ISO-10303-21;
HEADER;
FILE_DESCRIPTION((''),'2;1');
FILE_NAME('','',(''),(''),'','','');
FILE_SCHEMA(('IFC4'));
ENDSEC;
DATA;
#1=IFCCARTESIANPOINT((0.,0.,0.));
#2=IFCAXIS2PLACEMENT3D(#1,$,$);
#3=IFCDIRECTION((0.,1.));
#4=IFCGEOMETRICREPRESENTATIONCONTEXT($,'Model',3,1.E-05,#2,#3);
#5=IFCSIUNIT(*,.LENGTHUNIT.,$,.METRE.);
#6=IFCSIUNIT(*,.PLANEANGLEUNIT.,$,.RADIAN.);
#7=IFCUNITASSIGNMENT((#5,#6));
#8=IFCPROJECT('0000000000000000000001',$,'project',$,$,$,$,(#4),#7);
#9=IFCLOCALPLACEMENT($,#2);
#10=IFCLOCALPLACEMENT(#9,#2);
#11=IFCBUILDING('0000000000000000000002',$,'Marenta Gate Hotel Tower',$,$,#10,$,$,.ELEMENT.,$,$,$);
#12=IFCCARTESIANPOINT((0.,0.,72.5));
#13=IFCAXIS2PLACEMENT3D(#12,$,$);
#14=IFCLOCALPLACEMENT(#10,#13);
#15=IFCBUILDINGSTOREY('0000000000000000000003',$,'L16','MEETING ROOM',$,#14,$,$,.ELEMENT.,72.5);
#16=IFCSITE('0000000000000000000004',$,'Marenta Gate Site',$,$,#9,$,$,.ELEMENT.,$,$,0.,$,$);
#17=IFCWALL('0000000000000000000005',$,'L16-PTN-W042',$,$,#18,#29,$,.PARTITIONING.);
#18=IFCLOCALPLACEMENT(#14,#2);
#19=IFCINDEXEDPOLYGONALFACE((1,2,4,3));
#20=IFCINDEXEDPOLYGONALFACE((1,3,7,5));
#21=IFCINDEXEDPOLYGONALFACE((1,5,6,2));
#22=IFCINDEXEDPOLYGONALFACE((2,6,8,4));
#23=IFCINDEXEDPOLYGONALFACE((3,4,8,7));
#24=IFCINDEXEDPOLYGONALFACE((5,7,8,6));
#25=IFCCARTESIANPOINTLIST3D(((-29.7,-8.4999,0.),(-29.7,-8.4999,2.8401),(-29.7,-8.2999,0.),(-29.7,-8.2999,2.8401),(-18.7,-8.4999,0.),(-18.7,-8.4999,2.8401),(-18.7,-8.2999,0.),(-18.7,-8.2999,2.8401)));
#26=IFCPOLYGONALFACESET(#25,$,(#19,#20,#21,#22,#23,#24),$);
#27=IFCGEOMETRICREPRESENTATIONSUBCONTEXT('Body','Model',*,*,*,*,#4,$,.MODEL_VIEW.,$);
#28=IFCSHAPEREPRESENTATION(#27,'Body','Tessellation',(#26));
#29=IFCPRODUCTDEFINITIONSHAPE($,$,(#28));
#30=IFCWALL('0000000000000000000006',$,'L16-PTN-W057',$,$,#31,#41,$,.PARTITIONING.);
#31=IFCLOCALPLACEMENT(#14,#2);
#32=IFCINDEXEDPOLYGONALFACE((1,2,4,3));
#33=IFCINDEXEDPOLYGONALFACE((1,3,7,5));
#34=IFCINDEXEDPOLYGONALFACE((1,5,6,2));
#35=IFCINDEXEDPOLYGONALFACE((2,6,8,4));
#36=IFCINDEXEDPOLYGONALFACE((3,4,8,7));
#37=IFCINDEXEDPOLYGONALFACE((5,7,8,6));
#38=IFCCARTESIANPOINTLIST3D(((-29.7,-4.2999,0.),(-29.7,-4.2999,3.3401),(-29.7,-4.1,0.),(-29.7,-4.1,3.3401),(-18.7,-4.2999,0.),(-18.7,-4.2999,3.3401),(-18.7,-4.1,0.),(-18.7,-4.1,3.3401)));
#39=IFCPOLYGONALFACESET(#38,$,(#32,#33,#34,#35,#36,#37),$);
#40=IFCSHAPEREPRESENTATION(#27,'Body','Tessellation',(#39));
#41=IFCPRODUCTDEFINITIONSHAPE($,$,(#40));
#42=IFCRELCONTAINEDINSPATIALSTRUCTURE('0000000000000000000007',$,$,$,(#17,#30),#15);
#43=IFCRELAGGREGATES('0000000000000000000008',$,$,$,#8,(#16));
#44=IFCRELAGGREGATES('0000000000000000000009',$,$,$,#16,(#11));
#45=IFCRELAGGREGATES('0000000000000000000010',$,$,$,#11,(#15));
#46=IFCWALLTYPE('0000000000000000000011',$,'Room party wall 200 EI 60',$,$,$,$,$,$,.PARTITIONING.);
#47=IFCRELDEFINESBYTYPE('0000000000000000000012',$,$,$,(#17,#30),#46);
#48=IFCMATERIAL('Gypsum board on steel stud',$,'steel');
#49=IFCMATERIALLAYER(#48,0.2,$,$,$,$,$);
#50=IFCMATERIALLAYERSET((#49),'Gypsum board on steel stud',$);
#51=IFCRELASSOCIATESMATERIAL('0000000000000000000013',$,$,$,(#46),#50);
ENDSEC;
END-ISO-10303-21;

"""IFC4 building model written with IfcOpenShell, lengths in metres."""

from ifc_helpers import new_model, si_unit, direction, frame, frame_2d, origin, place, context, subcontext, project, spatial, rectangle, extrude, material, layer, layer_set, type_object, element, save


model = new_model("IFC4")

# Units and contexts
model_context = context("Model", 3, precision=1e-05, world=origin(), true_north=direction((0.0, 1.0)))
body_context = subcontext(model_context, "Body", "Model", "MODEL_VIEW")
ifc_project = project(units=[si_unit("LENGTHUNIT", "METRE"), si_unit("PLANEANGLEUNIT", "RADIAN")], contexts=[model_context])

# Site, building, storey
site_placement = place(None, origin())
site = spatial("IfcSite", under=ifc_project, at=site_placement, Name="Marenta Gate Site", CompositionType="ELEMENT", RefElevation=0.0)
building_placement = place(site_placement, origin())
building = spatial("IfcBuilding", under=site, at=building_placement, Name="Marenta Gate Hotel Tower", CompositionType="ELEMENT")
storey_placement = place(building_placement, frame((0.0, 0.0, 72.5)))
storey = spatial("IfcBuildingStorey", under=building, at=storey_placement, Name="L16", Description="MEETING ROOM", CompositionType="ELEMENT", Elevation=72.5)

# Walls
ifc_material_1 = material(Name="Gypsum board on steel stud", Category="steel")
ifc_layer_1 = layer(ifc_material_1, 0.2)
ifc_layer_set_1 = layer_set([ifc_layer_1], Name="Gypsum board on steel stud")
wall_type_1 = type_object("IfcWallType", Name="Room party wall 200 EI 60", PredefinedType="PARTITIONING", material=ifc_layer_set_1)
wall_1_placement = place(storey_placement, frame((-29.7, -8.3999, 0.0), z_axis=(0.0, 0.0, 1.0), x_axis=(1.0, 0.0, 0.0)))
element("IfcWall", 1, at=wall_1_placement, inside=storey, type_object=wall_type_1, Name="L16-PTN-W042", PredefinedType="PARTITIONING", context=body_context, shape_type="SweptSolid", body=[
    extrude(rectangle(XDim=11.0, YDim=0.2, at=frame_2d((5.5, 0.0))), origin(), (0.0, 0.0, 1.0), 2.8401),
])
wall_2_placement = place(storey_placement, frame((-29.7, -4.2, 0.0), z_axis=(0.0, 0.0, 1.0), x_axis=(1.0, 0.0, 0.0)))
element("IfcWall", 2, at=wall_2_placement, inside=storey, type_object=wall_type_1, Name="L16-PTN-W057", PredefinedType="PARTITIONING", context=body_context, shape_type="SweptSolid", body=[
    extrude(rectangle(XDim=11.0, YDim=0.2, at=frame_2d((5.5, 0.0))), origin(), (0.0, 0.0, 1.0), 3.3401),
])

save(model, "model.ifc")
